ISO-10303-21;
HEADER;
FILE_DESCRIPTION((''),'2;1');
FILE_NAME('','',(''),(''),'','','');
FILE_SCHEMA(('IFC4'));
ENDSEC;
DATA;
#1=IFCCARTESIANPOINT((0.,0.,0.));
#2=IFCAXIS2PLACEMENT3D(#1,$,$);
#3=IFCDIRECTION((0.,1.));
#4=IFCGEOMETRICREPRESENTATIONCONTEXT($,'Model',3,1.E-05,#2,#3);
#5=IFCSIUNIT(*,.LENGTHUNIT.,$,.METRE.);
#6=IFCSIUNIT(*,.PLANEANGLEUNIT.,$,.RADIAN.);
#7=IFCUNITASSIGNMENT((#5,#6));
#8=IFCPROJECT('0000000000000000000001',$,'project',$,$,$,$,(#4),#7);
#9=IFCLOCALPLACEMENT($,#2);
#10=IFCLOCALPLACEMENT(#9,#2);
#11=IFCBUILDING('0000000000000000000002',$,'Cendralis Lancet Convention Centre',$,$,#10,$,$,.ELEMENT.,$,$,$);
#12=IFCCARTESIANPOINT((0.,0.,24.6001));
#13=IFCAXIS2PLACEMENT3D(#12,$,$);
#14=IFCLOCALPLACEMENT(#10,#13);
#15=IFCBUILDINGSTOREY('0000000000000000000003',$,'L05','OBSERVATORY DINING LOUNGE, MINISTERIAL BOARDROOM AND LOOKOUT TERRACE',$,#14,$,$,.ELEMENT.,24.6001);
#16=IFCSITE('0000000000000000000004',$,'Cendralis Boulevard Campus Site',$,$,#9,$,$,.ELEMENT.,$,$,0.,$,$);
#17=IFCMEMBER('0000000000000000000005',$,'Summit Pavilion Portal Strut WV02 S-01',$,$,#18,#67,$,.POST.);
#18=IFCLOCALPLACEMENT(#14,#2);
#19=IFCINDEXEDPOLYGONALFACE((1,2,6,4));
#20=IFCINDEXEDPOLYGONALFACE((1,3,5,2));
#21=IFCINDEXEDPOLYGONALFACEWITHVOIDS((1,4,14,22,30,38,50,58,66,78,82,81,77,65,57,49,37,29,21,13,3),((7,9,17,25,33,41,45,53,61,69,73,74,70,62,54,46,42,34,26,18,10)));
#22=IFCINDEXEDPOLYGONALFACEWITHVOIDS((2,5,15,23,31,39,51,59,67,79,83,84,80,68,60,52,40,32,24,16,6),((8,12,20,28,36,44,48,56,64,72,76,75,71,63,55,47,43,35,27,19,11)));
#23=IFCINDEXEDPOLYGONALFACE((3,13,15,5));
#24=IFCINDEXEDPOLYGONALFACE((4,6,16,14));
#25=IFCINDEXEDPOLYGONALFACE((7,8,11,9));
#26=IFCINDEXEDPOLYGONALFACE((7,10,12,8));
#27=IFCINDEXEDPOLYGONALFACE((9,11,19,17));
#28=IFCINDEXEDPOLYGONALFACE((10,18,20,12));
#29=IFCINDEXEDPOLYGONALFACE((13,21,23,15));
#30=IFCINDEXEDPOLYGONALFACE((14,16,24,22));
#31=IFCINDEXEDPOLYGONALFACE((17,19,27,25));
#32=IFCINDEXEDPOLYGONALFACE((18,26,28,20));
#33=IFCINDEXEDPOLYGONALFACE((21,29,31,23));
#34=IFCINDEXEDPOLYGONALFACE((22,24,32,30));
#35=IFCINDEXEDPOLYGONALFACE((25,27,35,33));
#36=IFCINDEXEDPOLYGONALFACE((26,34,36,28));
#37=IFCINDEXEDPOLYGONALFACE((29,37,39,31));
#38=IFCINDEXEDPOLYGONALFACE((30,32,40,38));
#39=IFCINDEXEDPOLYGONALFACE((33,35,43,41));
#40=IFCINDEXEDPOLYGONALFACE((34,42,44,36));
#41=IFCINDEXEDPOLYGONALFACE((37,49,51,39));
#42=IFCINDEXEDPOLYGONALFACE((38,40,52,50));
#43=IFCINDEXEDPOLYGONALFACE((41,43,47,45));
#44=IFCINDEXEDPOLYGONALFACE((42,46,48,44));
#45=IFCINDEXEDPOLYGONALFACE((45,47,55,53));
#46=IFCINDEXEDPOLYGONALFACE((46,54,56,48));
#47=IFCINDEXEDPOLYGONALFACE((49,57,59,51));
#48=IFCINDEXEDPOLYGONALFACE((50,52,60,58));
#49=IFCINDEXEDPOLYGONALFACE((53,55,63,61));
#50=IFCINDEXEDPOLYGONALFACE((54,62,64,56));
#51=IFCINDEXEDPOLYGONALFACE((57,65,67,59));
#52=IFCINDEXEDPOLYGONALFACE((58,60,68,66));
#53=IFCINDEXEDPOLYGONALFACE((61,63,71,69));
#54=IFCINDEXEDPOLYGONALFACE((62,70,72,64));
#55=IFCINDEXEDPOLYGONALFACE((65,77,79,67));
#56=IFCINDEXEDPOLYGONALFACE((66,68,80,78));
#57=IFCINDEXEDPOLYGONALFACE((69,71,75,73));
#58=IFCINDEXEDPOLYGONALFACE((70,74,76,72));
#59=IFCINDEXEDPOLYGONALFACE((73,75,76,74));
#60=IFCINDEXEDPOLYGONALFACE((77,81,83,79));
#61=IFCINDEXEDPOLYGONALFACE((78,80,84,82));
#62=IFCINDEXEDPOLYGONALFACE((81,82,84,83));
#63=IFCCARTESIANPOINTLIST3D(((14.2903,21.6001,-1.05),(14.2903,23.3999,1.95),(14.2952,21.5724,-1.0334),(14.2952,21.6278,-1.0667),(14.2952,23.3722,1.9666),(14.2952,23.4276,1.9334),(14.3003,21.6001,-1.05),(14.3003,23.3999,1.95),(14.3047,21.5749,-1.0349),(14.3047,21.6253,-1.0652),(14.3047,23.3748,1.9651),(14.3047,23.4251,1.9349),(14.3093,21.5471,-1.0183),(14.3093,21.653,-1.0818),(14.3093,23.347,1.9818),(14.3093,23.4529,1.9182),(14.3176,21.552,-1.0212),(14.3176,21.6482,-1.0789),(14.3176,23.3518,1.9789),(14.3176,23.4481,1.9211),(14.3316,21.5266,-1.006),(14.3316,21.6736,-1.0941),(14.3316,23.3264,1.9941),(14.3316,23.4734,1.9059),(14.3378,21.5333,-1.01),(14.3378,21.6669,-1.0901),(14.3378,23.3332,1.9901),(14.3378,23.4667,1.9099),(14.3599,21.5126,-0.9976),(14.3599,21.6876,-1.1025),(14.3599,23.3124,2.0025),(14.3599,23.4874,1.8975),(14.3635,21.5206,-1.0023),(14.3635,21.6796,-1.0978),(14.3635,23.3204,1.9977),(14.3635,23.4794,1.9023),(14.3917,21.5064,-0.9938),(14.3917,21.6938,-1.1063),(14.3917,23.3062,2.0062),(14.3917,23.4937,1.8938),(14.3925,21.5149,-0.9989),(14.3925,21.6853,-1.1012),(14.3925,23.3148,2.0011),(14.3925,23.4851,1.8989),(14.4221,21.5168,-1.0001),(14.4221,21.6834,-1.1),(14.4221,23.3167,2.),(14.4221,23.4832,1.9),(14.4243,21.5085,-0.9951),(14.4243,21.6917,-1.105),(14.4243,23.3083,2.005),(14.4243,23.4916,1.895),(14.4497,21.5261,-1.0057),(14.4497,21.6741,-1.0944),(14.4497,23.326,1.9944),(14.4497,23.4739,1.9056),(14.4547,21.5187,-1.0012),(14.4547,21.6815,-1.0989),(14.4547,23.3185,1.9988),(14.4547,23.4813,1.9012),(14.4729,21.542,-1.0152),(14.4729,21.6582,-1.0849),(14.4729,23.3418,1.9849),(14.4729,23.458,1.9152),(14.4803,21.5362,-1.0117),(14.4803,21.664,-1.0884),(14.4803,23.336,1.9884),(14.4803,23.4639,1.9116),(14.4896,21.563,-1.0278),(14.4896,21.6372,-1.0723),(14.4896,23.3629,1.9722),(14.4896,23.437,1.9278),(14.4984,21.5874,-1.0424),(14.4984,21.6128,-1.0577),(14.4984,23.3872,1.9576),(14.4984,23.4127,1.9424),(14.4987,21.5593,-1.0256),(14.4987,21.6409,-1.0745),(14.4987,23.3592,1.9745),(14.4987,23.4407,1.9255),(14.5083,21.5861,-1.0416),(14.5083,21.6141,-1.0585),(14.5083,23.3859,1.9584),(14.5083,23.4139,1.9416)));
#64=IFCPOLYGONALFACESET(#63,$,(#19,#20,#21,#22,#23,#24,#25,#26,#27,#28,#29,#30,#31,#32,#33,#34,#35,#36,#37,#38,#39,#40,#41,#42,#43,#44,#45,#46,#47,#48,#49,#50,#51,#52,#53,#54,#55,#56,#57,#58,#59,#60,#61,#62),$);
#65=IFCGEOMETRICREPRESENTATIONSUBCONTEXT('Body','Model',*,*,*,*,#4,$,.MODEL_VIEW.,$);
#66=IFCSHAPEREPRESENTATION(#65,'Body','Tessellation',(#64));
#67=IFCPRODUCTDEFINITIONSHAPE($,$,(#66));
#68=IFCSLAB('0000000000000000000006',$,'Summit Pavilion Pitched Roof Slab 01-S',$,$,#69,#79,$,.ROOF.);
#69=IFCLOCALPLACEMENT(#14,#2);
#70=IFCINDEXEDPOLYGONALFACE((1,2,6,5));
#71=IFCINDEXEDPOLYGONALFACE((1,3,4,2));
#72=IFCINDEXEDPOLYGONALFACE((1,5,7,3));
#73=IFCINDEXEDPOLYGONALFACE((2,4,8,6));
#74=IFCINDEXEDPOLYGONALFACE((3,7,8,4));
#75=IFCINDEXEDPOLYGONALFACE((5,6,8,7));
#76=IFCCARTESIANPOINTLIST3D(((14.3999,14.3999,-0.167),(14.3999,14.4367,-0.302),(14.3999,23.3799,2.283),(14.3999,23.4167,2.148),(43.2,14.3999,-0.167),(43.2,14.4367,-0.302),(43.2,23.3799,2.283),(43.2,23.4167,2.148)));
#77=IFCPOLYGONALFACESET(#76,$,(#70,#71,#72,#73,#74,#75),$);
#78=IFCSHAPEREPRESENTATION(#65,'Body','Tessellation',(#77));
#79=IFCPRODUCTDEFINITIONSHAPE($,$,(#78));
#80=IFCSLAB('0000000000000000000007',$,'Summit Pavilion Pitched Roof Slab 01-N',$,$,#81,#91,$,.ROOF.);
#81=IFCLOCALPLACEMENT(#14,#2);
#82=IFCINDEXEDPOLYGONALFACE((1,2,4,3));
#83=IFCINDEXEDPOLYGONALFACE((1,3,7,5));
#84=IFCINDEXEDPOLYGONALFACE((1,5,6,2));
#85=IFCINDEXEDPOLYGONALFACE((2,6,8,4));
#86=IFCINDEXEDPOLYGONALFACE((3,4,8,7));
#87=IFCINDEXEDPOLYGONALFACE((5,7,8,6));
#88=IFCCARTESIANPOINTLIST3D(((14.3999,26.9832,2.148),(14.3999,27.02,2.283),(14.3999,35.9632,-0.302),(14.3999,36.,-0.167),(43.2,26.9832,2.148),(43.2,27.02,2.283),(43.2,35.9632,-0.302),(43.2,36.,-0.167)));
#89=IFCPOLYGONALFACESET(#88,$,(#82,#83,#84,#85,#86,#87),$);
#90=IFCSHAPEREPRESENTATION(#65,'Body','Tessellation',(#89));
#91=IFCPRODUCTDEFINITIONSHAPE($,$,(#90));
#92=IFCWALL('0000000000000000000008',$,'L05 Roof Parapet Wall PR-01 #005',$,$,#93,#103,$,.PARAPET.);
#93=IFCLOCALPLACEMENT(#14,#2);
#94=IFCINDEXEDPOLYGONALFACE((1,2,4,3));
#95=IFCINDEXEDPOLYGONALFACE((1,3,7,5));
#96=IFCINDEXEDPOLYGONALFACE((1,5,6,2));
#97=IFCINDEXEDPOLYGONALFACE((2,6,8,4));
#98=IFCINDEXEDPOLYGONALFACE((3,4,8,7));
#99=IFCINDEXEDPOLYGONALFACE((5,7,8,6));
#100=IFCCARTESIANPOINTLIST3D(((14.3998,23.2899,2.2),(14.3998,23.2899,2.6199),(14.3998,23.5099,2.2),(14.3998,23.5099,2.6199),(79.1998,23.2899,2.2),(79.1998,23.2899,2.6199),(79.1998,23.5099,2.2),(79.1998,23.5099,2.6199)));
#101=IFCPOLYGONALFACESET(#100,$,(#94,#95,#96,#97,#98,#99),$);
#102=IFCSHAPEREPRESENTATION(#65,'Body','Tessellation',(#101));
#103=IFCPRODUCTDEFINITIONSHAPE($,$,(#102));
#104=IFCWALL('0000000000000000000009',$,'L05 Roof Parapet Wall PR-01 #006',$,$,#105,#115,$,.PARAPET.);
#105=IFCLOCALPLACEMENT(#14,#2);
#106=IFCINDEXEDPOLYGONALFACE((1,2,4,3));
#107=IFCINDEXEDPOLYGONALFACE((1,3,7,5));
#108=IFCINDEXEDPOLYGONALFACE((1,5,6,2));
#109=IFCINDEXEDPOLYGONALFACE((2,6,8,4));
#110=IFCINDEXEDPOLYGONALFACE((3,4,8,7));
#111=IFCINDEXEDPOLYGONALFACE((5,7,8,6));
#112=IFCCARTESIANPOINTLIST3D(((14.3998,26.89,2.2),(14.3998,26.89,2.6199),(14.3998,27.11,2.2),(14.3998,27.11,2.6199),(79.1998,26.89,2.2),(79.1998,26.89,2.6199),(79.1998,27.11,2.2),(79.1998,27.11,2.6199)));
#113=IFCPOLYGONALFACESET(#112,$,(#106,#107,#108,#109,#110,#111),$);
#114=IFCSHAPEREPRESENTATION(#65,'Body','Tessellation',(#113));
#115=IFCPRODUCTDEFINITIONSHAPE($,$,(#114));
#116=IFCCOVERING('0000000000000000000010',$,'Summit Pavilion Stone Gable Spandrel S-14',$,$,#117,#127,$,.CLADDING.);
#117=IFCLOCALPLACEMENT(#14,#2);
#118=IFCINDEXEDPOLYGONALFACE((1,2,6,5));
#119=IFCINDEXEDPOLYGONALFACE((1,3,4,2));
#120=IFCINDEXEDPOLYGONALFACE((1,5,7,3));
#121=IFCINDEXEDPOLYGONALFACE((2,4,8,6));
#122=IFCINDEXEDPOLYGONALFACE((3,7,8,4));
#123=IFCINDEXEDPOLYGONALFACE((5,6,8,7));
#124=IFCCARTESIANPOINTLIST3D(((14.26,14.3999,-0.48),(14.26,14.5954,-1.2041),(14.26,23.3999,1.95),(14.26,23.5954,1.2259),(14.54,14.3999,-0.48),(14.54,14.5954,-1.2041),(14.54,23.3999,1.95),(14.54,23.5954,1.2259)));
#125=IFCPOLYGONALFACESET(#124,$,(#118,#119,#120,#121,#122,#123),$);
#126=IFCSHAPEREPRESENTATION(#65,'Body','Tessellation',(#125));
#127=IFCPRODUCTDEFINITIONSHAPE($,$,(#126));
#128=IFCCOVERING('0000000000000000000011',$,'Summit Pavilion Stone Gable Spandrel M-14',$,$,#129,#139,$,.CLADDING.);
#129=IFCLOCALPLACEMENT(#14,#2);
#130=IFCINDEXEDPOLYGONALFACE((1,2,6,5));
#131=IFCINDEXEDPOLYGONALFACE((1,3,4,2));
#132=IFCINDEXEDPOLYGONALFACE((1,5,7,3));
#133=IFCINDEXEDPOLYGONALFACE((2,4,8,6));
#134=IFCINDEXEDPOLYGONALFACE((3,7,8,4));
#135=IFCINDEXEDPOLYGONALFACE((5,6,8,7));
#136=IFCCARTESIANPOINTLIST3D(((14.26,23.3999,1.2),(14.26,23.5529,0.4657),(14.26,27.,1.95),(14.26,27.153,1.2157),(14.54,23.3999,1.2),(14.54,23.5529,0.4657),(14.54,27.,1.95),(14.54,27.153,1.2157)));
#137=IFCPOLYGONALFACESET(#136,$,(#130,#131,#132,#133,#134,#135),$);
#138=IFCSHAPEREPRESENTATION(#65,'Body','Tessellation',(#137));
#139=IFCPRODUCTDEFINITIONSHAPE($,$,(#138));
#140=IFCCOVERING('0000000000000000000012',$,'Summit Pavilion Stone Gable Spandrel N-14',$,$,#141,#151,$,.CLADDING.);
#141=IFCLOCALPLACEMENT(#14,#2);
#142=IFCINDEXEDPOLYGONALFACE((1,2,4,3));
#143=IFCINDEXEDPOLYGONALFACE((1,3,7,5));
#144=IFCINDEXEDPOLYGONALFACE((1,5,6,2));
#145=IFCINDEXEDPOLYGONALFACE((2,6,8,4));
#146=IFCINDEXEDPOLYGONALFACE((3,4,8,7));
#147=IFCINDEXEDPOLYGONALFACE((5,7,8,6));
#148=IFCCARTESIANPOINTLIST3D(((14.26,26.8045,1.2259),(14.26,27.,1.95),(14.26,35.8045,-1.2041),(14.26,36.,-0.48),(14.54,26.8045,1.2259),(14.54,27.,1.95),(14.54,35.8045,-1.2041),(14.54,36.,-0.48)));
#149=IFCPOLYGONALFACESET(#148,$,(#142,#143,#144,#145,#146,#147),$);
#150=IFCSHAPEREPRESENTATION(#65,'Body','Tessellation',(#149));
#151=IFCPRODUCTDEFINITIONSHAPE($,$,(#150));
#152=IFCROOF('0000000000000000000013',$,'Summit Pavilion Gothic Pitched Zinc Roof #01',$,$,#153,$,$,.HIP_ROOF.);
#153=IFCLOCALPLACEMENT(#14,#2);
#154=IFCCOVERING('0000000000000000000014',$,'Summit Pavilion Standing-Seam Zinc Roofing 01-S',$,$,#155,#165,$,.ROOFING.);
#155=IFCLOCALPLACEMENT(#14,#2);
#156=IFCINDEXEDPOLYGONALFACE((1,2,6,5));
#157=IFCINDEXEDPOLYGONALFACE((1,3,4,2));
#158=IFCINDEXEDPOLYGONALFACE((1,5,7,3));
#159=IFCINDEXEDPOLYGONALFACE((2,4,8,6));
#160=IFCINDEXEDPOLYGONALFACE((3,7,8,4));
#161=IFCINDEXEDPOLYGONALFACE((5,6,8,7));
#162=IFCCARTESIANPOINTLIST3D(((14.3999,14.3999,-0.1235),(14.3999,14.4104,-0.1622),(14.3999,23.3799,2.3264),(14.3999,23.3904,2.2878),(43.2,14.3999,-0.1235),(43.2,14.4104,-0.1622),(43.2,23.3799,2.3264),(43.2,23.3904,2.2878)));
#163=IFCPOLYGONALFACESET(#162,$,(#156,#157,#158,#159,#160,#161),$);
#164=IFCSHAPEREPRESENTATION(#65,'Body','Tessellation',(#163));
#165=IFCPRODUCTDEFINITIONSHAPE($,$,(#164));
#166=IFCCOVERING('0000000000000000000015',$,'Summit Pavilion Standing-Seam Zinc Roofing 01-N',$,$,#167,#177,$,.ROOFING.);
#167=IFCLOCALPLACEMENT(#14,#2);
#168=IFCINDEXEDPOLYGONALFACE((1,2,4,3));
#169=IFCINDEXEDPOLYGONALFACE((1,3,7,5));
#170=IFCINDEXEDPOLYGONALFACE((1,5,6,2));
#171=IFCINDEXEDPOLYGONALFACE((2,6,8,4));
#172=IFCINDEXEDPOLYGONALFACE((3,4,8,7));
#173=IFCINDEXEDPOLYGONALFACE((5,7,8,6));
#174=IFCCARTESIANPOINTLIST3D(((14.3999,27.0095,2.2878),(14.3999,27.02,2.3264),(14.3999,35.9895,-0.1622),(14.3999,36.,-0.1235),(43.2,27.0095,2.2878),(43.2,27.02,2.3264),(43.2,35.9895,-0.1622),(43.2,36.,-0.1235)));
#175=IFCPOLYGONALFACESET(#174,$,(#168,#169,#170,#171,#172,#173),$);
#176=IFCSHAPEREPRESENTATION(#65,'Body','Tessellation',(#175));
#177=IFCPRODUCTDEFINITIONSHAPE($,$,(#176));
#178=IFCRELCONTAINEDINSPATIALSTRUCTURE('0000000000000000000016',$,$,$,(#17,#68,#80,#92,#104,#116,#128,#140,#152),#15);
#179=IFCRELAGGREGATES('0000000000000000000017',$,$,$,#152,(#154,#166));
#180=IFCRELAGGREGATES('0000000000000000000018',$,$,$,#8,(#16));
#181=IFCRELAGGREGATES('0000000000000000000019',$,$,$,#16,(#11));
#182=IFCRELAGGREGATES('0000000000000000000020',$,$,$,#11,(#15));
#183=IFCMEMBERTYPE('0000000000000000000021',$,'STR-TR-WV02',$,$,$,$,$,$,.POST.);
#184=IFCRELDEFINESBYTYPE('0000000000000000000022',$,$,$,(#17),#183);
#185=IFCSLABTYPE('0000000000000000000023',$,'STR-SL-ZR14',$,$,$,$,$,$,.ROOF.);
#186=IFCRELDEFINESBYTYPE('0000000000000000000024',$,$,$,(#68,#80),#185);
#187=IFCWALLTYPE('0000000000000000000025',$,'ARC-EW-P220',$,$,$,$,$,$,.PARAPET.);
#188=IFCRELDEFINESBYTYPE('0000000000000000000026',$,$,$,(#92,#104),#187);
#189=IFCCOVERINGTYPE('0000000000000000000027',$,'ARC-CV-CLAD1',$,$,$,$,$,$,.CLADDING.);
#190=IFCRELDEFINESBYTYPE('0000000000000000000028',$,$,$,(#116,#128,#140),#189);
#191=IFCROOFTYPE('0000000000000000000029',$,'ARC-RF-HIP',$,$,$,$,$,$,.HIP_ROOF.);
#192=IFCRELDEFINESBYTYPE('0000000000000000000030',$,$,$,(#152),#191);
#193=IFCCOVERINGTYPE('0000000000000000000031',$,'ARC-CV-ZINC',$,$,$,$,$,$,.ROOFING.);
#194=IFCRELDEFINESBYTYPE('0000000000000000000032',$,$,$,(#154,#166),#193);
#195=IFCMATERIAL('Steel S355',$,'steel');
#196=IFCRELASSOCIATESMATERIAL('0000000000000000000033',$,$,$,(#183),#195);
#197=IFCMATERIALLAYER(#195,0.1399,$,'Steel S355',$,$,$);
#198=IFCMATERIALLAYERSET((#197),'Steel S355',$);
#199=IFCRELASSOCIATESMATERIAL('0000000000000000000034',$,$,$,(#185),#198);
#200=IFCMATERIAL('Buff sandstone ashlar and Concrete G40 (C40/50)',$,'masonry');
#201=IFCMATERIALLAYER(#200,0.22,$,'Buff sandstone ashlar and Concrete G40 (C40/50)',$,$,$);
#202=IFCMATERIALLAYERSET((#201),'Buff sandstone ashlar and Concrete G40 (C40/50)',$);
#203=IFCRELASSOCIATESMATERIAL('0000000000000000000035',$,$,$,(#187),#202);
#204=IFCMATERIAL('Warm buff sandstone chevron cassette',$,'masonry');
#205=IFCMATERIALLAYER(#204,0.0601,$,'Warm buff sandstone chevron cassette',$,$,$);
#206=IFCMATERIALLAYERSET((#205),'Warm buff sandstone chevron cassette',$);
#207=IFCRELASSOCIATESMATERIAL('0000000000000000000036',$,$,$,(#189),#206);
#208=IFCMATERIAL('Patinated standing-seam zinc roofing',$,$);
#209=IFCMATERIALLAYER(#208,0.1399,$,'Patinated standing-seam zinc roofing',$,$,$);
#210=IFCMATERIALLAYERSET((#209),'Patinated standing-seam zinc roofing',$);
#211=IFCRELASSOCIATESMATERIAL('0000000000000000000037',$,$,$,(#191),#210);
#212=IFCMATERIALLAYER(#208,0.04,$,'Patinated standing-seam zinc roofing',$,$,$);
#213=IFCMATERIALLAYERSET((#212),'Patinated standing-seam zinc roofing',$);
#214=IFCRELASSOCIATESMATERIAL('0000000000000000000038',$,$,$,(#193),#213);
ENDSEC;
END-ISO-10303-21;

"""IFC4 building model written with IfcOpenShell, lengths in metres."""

from ifc_helpers import new_model, si_unit, direction, frame, frame_2d, origin, origin_2d, place, context, subcontext, project, spatial, polyline, rectangle, hollow_circle, outline, extrude, material, layer, layer_set, material_profile, profile_set, type_object, element, aggregate, save


model = new_model("IFC4")

# Units and contexts
model_context = context("Model", 3, precision=1e-05, world=origin(), true_north=direction((0.0, 1.0)))
body_context = subcontext(model_context, "Body", "Model", "MODEL_VIEW")
ifc_project = project(units=[si_unit("LENGTHUNIT", "METRE"), si_unit("PLANEANGLEUNIT", "RADIAN")], contexts=[model_context])

# Site, building, storey
site_placement = place(None, origin())
site = spatial("IfcSite", under=ifc_project, at=site_placement, Name="Cendralis Boulevard Campus Site", CompositionType="ELEMENT", RefElevation=0.0)
building_placement = place(site_placement, origin())
building = spatial("IfcBuilding", under=site, at=building_placement, Name="Cendralis Lancet Convention Centre", CompositionType="ELEMENT")
storey_placement = place(building_placement, frame((0.0, 0.0, 24.6001)))
storey = spatial("IfcBuildingStorey", under=building, at=storey_placement, Name="L05", Description="OBSERVATORY DINING LOUNGE, MINISTERIAL BOARDROOM AND LOOKOUT TERRACE", CompositionType="ELEMENT", Elevation=24.6001)

# Shared definitions
ifc_material_1 = material(Name="Steel S355", Category="steel")

# Member
ifc_material_profile_1 = material_profile(ifc_material_1, hollow_circle(Radius=0.1096, WallThickness=0.01, at=origin_2d()), Name="CHS 219.1x10.0")
ifc_profile_set_1 = profile_set([ifc_material_profile_1], Name="Steel S355")
member_type_1 = type_object("IfcMemberType", Name="STR-TR-WV02", PredefinedType="POST", material=ifc_profile_set_1)
member_1_placement = place(storey_placement, frame((14.3999, 21.6001, -1.05), z_axis=(0.0, 0.514455, 0.857518), x_axis=(-1.0, 0.0, 0.0)))
element("IfcMember", 1, at=member_1_placement, inside=storey, type_object=member_type_1, Name="Summit Pavilion Portal Strut WV02 S-01", PredefinedType="POST", context=body_context, shape_type="SweptSolid", body=[
    extrude(hollow_circle(Radius=0.1096, WallThickness=0.01, at=origin_2d()), origin(), (0.0, 0.0, 1.0), 3.4985),
])

# Slabs
ifc_layer_1 = layer(ifc_material_1, 0.1399, Name="Steel S355")
ifc_layer_set_1 = layer_set([ifc_layer_1], Name="Steel S355")
slab_type = type_object("IfcSlabType", Name="STR-SL-ZR14", PredefinedType="ROOF", material=ifc_layer_set_1)
for number, where, z_axis, x_axis, name in (
    (2, (14.3999, 14.3999, -0.167), (0.0, -0.263204, 0.96474), (1.0, 0.0, 0.0), "Summit Pavilion Pitched Roof Slab 01-S"),
    (3, (14.3999, 27.02, 2.283), (0.0, 0.263204, 0.96474), (1.0, 0.0, 0.0), "Summit Pavilion Pitched Roof Slab 01-N"),
):
    element("IfcSlab", number, at=place(storey_placement, frame(where, z_axis=z_axis, x_axis=x_axis)), inside=storey, type_object=slab_type, Name=name, PredefinedType="ROOF", context=body_context, shape_type="SweptSolid", body=[
        extrude(outline(polyline([(0.0, 0.0), (28.8, 0.0), (28.8, 9.3082), (0.0, 9.3082), (0.0, 0.0)])), origin(), (0.0, 0.0, -1.0), 0.1399),
    ])

# Walls
ifc_material_2 = material(Name="Buff sandstone ashlar and Concrete G40 (C40/50)", Category="masonry")
ifc_layer_2 = layer(ifc_material_2, 0.22, Name="Buff sandstone ashlar and Concrete G40 (C40/50)")
ifc_layer_set_2 = layer_set([ifc_layer_2], Name="Buff sandstone ashlar and Concrete G40 (C40/50)")
wall_type = type_object("IfcWallType", Name="ARC-EW-P220", PredefinedType="PARAPET", material=ifc_layer_set_2)
for number, where, z_axis, x_axis, name in (
    (4, (14.3999, 23.3999, 2.2), (0.0, 0.0, 1.0), (1.0, 0.0, 0.0), "L05 Roof Parapet Wall PR-01 #005"),
    (5, (14.3999, 27.0, 2.2), (0.0, 0.0, 1.0), (1.0, 0.0, 0.0), "L05 Roof Parapet Wall PR-01 #006"),
):
    element("IfcWall", number, at=place(storey_placement, frame(where, z_axis=z_axis, x_axis=x_axis)), inside=storey, type_object=wall_type, Name=name, PredefinedType="PARAPET", context=body_context, shape_type="SweptSolid", body=[
        extrude(rectangle(XDim=64.8, YDim=0.22, at=frame_2d((32.3999, 0.0))), origin(), (0.0, 0.0, 1.0), 0.4199),
    ])

# Coverings
ifc_material_3 = material(Name="Warm buff sandstone chevron cassette", Category="masonry")
ifc_layer_3 = layer(ifc_material_3, 0.0601, Name="Warm buff sandstone chevron cassette")
ifc_layer_set_3 = layer_set([ifc_layer_3], Name="Warm buff sandstone chevron cassette")
covering_type_1 = type_object("IfcCoveringType", Name="ARC-CV-CLAD1", PredefinedType="CLADDING", material=ifc_layer_set_3)
covering_1_placement = place(storey_placement, frame((14.26, 14.3999, -0.48), z_axis=(0.0, -0.260659, 0.965431), x_axis=(1.0, 0.0, 0.0)))
element("IfcCovering", 6, at=covering_1_placement, inside=storey, type_object=covering_type_1, Name="Summit Pavilion Stone Gable Spandrel S-14", PredefinedType="CLADDING", context=body_context, shape_type="SweptSolid", body=[
    extrude(outline(polyline([(0.0, 0.0), (0.28, 0.0), (0.28, 9.3223), (0.0, 9.3223), (0.0, 0.0)])), origin(), (0.0, 0.0, -1.0), 0.75),
])
covering_2_placement = place(storey_placement, frame((14.26, 23.3999, 1.2), z_axis=(0.0, -0.203949, 0.978982), x_axis=(1.0, 0.0, 0.0)))
element("IfcCovering", 7, at=covering_2_placement, inside=storey, type_object=covering_type_1, Name="Summit Pavilion Stone Gable Spandrel M-14", PredefinedType="CLADDING", context=body_context, shape_type="SweptSolid", body=[
    extrude(outline(polyline([(0.0, 0.0), (0.28, 0.0), (0.28, 3.6774), (0.0, 3.6774), (0.0, 0.0)])), origin(), (0.0, 0.0, -1.0), 0.75),
])
covering_3_placement = place(storey_placement, frame((14.26, 27.0, 1.95), z_axis=(0.0, 0.260659, 0.965431), x_axis=(1.0, 0.0, 0.0)))
element("IfcCovering", 8, at=covering_3_placement, inside=storey, type_object=covering_type_1, Name="Summit Pavilion Stone Gable Spandrel N-14", PredefinedType="CLADDING", context=body_context, shape_type="SweptSolid", body=[
    extrude(outline(polyline([(0.0, 0.0), (0.28, 0.0), (0.28, 9.3223), (0.0, 9.3223), (0.0, 0.0)])), origin(), (0.0, 0.0, -1.0), 0.75),
])

# Roof, coverings
ifc_material_4 = material(Name="Patinated standing-seam zinc roofing")
ifc_layer_4 = layer(ifc_material_4, 0.1399, Name="Patinated standing-seam zinc roofing")
ifc_layer_set_4 = layer_set([ifc_layer_4], Name="Patinated standing-seam zinc roofing")
roof_type = type_object("IfcRoofType", Name="ARC-RF-HIP", PredefinedType="HIP_ROOF", material=ifc_layer_set_4)
roof_placement = place(storey_placement, origin())
roof = element("IfcRoof", 9, at=roof_placement, inside=storey, type_object=roof_type, Name="Summit Pavilion Gothic Pitched Zinc Roof #01", PredefinedType="HIP_ROOF")
ifc_layer_5 = layer(ifc_material_4, 0.04, Name="Patinated standing-seam zinc roofing")
ifc_layer_set_5 = layer_set([ifc_layer_5], Name="Patinated standing-seam zinc roofing")
covering_type_2 = type_object("IfcCoveringType", Name="ARC-CV-ZINC", PredefinedType="ROOFING", material=ifc_layer_set_5)
covering_4_placement = place(storey_placement, frame((14.3999, 14.3999, -0.1235), z_axis=(0.0, -0.263204, 0.96474), x_axis=(1.0, 0.0, 0.0)))
covering_4 = element("IfcCovering", 10, at=covering_4_placement, type_object=covering_type_2, Name="Summit Pavilion Standing-Seam Zinc Roofing 01-S", PredefinedType="ROOFING", context=body_context, shape_type="SweptSolid", body=[
    extrude(outline(polyline([(0.0, 0.0), (28.8, 0.0), (28.8, 9.3082), (0.0, 9.3082), (0.0, 0.0)])), origin(), (0.0, 0.0, -1.0), 0.04),
])
covering_5_placement = place(storey_placement, frame((14.3999, 27.02, 2.3264), z_axis=(0.0, 0.263204, 0.96474), x_axis=(1.0, 0.0, 0.0)))
covering_5 = element("IfcCovering", 11, at=covering_5_placement, type_object=covering_type_2, Name="Summit Pavilion Standing-Seam Zinc Roofing 01-N", PredefinedType="ROOFING", context=body_context, shape_type="SweptSolid", body=[
    extrude(outline(polyline([(0.0, 0.0), (28.8, 0.0), (28.8, 9.3082), (0.0, 9.3082), (0.0, 0.0)])), origin(), (0.0, 0.0, -1.0), 0.04),
])
aggregate(roof, [covering_4, covering_5])

save(model, "model.ifc")
